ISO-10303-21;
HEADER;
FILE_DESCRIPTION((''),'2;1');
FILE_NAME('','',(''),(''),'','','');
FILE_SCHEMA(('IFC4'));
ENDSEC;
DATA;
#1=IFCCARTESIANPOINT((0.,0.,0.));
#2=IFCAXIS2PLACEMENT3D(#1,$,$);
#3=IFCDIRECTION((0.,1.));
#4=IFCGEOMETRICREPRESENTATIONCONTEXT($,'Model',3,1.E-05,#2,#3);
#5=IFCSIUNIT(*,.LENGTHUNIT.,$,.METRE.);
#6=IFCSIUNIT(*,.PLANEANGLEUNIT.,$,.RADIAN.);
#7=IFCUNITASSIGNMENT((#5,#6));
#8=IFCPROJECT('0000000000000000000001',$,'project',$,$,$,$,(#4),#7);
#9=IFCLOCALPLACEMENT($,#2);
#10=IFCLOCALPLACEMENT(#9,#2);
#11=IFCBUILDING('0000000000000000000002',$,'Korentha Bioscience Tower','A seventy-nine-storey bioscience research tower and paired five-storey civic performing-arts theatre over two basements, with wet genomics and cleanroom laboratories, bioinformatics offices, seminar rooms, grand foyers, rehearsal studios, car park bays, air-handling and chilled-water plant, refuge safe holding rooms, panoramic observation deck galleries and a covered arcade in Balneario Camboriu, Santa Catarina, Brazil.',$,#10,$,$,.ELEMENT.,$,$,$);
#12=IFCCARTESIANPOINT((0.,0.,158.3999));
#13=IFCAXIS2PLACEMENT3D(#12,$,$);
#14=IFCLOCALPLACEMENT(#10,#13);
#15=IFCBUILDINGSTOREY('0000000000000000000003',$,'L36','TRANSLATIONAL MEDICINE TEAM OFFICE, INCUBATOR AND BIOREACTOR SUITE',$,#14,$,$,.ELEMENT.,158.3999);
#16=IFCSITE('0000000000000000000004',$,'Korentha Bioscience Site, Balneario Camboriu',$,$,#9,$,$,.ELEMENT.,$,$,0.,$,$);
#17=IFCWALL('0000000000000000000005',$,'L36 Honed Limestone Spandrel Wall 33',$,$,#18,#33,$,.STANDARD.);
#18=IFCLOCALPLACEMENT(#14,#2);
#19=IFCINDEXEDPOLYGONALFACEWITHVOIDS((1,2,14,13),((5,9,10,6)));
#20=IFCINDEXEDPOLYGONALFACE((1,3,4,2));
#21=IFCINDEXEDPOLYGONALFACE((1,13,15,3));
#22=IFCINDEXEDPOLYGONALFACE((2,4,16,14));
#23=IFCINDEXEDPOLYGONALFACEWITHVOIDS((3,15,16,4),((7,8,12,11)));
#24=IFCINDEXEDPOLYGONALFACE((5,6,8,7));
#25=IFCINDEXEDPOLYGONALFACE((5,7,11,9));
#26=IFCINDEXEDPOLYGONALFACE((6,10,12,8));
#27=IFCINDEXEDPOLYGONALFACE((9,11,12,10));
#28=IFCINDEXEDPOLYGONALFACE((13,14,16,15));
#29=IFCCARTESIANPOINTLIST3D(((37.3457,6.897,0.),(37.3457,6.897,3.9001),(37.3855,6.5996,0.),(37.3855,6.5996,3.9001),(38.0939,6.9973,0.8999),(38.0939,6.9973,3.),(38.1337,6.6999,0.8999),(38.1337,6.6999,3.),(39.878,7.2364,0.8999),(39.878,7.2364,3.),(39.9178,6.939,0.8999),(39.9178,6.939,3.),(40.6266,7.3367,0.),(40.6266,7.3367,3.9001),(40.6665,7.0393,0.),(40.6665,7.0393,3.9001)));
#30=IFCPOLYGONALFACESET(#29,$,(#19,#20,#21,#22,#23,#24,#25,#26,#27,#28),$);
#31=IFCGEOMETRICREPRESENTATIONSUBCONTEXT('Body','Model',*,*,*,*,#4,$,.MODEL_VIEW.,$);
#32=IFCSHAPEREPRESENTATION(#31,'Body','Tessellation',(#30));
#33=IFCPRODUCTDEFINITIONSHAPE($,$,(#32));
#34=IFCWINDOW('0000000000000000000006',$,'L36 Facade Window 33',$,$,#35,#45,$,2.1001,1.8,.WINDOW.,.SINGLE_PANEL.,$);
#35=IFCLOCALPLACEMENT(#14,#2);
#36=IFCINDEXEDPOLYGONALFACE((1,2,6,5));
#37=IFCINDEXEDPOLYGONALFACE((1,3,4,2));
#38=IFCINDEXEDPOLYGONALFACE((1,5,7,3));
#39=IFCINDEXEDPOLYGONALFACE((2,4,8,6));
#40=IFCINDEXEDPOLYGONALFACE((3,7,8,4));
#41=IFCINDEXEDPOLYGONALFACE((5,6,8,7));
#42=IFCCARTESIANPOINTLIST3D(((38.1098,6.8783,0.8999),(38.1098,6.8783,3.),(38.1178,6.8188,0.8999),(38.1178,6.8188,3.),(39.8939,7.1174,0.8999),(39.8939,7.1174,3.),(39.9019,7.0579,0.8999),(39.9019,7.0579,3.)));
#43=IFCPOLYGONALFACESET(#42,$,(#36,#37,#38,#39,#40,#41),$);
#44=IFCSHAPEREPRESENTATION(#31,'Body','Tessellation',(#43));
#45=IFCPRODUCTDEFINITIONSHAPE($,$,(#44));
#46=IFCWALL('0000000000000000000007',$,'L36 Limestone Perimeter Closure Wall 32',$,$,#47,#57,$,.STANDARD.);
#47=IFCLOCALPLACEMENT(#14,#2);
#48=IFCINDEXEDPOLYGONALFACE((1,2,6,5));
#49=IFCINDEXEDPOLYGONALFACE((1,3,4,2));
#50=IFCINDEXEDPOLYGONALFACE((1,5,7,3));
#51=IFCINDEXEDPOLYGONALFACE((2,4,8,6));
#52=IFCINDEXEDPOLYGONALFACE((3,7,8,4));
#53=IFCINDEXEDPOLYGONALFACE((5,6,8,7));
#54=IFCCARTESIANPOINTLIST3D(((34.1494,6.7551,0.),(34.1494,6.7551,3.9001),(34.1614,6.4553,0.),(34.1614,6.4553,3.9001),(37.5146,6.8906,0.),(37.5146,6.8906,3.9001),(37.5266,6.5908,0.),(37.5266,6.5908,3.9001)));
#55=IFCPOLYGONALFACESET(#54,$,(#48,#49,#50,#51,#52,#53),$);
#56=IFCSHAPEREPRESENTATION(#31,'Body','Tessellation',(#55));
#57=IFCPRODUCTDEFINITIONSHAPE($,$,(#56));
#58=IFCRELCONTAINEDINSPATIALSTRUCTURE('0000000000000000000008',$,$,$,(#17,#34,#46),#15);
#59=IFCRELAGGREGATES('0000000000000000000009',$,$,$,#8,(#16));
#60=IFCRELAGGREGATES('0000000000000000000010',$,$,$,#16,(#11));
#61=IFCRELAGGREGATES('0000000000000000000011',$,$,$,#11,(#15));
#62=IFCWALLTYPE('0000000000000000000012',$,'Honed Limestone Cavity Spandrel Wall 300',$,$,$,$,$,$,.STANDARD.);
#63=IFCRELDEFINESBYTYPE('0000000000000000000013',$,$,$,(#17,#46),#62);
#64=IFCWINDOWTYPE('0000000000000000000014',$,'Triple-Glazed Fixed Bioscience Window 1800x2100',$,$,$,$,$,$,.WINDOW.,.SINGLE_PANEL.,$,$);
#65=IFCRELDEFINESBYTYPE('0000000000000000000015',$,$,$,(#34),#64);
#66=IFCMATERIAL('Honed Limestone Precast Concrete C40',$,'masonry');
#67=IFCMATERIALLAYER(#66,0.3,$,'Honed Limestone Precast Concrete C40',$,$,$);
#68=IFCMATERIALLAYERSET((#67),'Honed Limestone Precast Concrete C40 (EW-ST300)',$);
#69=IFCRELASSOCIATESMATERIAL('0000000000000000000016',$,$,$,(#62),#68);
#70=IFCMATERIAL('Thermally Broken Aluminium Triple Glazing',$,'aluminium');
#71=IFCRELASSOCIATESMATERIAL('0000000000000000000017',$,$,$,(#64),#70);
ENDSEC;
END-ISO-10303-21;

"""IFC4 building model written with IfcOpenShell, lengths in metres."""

from ifc_helpers import new_model, si_unit, direction, frame, frame_2d, origin, place, context, subcontext, project, spatial, rectangle, extrude, material, layer, layer_set, type_object, element, fill, save


model = new_model("IFC4")

# Units and contexts
model_context = context("Model", 3, precision=1e-05, world=origin(), true_north=direction((0.0, 1.0)))
body_context = subcontext(model_context, "Body", "Model", "MODEL_VIEW")
ifc_project = project(units=[si_unit("LENGTHUNIT", "METRE"), si_unit("PLANEANGLEUNIT", "RADIAN")], contexts=[model_context])

# Site, building, storey
site_placement = place(None, origin())
site = spatial("IfcSite", under=ifc_project, at=site_placement, Name="Korentha Bioscience Site, Balneario Camboriu", CompositionType="ELEMENT", RefElevation=0.0)
building_placement = place(site_placement, origin())
building = spatial("IfcBuilding", under=site, at=building_placement, Name="Korentha Bioscience Tower", Description="A seventy-nine-storey bioscience research tower and paired five-storey civic performing-arts theatre over two basements, with wet genomics and cleanroom laboratories, bioinformatics offices, seminar rooms, grand foyers, rehearsal studios, car park bays, air-handling and chilled-water plant, refuge safe holding rooms, panoramic observation deck galleries and a covered arcade in Balneario Camboriu, Santa Catarina, Brazil.", CompositionType="ELEMENT")
storey_placement = place(building_placement, frame((0.0, 0.0, 158.3999)))
storey = spatial("IfcBuildingStorey", under=building, at=storey_placement, Name="L36", Description="TRANSLATIONAL MEDICINE TEAM OFFICE, INCUBATOR AND BIOREACTOR SUITE", CompositionType="ELEMENT", Elevation=158.3999)

# Wall, opening, window
ifc_material_1 = material(Name="Honed Limestone Precast Concrete C40", Category="masonry")
ifc_layer_1 = layer(ifc_material_1, 0.3, Name="Honed Limestone Precast Concrete C40")
ifc_layer_set_1 = layer_set([ifc_layer_1], Name="Honed Limestone Precast Concrete C40 (EW-ST300)")
wall_type_1 = type_object("IfcWallType", Name="Honed Limestone Cavity Spandrel Wall 300", PredefinedType="STANDARD", material=ifc_layer_set_1)
wall_1_placement = place(storey_placement, frame((37.3655, 6.7483, 0.0), z_axis=(0.0, 0.0, 1.0), x_axis=(0.991139, 0.132826, 0.0)))
wall_1 = element("IfcWall", 1, at=wall_1_placement, inside=storey, type_object=wall_type_1, Name="L36 Honed Limestone Spandrel Wall 33", PredefinedType="STANDARD", context=body_context, shape_type="SweptSolid", body=[
    extrude(rectangle(XDim=3.3103, YDim=0.3, at=frame_2d((1.6553, 0.0))), origin(), (0.0, 0.0, 1.0), 3.9001),
])
opening_1_placement = place(wall_1_placement, frame((0.7551, 0.0, 0.8999)))
opening_1 = element("IfcOpeningElement", 2, at=opening_1_placement, cuts=wall_1, PredefinedType="OPENING", context=body_context, shape_type="SweptSolid", body=[
    extrude(rectangle(XDim=1.8, YDim=2.1001, at=frame_2d((0.8999, 1.05))), frame((0.0, 0.165, 0.0), z_axis=(0.0, -1.0, 0.0), x_axis=(1.0, 0.0, 0.0)), (0.0, 0.0, 1.0), 0.3298),
])
ifc_material_2 = material(Name="Thermally Broken Aluminium Triple Glazing", Category="aluminium")
window_type = type_object("IfcWindowType", Name="Triple-Glazed Fixed Bioscience Window 1800x2100", PartitioningType="SINGLE_PANEL", PredefinedType="WINDOW", material=ifc_material_2)
window_placement = place(opening_1_placement, origin())
window = element("IfcWindow", 3, at=window_placement, inside=storey, type_object=window_type, Name="L36 Facade Window 33", OverallHeight=2.1001, OverallWidth=1.8, PartitioningType="SINGLE_PANEL", PredefinedType="WINDOW", context=body_context, shape_type="SweptSolid", body=[
    extrude(rectangle(XDim=1.8, YDim=2.1001, at=frame_2d((0.8999, 1.05))), frame((0.0, 0.03, 0.0), z_axis=(0.0, -1.0, 0.0), x_axis=(1.0, 0.0, 0.0)), (0.0, 0.0, 1.0), 0.0601),
])
fill(opening_1, window)

# Wall
wall_2_placement = place(storey_placement, frame((34.1553, 6.6052, 0.0), z_axis=(0.0, 0.0, 1.0), x_axis=(0.99919, 0.040231, 0.0)))
element("IfcWall", 4, at=wall_2_placement, inside=storey, type_object=wall_type_1, Name="L36 Limestone Perimeter Closure Wall 32", PredefinedType="STANDARD", context=body_context, shape_type="SweptSolid", body=[
    extrude(rectangle(XDim=3.3679, YDim=0.3, at=frame_2d((1.6841, 0.0))), origin(), (0.0, 0.0, 1.0), 3.9001),
])

save(model, "model.ifc")
